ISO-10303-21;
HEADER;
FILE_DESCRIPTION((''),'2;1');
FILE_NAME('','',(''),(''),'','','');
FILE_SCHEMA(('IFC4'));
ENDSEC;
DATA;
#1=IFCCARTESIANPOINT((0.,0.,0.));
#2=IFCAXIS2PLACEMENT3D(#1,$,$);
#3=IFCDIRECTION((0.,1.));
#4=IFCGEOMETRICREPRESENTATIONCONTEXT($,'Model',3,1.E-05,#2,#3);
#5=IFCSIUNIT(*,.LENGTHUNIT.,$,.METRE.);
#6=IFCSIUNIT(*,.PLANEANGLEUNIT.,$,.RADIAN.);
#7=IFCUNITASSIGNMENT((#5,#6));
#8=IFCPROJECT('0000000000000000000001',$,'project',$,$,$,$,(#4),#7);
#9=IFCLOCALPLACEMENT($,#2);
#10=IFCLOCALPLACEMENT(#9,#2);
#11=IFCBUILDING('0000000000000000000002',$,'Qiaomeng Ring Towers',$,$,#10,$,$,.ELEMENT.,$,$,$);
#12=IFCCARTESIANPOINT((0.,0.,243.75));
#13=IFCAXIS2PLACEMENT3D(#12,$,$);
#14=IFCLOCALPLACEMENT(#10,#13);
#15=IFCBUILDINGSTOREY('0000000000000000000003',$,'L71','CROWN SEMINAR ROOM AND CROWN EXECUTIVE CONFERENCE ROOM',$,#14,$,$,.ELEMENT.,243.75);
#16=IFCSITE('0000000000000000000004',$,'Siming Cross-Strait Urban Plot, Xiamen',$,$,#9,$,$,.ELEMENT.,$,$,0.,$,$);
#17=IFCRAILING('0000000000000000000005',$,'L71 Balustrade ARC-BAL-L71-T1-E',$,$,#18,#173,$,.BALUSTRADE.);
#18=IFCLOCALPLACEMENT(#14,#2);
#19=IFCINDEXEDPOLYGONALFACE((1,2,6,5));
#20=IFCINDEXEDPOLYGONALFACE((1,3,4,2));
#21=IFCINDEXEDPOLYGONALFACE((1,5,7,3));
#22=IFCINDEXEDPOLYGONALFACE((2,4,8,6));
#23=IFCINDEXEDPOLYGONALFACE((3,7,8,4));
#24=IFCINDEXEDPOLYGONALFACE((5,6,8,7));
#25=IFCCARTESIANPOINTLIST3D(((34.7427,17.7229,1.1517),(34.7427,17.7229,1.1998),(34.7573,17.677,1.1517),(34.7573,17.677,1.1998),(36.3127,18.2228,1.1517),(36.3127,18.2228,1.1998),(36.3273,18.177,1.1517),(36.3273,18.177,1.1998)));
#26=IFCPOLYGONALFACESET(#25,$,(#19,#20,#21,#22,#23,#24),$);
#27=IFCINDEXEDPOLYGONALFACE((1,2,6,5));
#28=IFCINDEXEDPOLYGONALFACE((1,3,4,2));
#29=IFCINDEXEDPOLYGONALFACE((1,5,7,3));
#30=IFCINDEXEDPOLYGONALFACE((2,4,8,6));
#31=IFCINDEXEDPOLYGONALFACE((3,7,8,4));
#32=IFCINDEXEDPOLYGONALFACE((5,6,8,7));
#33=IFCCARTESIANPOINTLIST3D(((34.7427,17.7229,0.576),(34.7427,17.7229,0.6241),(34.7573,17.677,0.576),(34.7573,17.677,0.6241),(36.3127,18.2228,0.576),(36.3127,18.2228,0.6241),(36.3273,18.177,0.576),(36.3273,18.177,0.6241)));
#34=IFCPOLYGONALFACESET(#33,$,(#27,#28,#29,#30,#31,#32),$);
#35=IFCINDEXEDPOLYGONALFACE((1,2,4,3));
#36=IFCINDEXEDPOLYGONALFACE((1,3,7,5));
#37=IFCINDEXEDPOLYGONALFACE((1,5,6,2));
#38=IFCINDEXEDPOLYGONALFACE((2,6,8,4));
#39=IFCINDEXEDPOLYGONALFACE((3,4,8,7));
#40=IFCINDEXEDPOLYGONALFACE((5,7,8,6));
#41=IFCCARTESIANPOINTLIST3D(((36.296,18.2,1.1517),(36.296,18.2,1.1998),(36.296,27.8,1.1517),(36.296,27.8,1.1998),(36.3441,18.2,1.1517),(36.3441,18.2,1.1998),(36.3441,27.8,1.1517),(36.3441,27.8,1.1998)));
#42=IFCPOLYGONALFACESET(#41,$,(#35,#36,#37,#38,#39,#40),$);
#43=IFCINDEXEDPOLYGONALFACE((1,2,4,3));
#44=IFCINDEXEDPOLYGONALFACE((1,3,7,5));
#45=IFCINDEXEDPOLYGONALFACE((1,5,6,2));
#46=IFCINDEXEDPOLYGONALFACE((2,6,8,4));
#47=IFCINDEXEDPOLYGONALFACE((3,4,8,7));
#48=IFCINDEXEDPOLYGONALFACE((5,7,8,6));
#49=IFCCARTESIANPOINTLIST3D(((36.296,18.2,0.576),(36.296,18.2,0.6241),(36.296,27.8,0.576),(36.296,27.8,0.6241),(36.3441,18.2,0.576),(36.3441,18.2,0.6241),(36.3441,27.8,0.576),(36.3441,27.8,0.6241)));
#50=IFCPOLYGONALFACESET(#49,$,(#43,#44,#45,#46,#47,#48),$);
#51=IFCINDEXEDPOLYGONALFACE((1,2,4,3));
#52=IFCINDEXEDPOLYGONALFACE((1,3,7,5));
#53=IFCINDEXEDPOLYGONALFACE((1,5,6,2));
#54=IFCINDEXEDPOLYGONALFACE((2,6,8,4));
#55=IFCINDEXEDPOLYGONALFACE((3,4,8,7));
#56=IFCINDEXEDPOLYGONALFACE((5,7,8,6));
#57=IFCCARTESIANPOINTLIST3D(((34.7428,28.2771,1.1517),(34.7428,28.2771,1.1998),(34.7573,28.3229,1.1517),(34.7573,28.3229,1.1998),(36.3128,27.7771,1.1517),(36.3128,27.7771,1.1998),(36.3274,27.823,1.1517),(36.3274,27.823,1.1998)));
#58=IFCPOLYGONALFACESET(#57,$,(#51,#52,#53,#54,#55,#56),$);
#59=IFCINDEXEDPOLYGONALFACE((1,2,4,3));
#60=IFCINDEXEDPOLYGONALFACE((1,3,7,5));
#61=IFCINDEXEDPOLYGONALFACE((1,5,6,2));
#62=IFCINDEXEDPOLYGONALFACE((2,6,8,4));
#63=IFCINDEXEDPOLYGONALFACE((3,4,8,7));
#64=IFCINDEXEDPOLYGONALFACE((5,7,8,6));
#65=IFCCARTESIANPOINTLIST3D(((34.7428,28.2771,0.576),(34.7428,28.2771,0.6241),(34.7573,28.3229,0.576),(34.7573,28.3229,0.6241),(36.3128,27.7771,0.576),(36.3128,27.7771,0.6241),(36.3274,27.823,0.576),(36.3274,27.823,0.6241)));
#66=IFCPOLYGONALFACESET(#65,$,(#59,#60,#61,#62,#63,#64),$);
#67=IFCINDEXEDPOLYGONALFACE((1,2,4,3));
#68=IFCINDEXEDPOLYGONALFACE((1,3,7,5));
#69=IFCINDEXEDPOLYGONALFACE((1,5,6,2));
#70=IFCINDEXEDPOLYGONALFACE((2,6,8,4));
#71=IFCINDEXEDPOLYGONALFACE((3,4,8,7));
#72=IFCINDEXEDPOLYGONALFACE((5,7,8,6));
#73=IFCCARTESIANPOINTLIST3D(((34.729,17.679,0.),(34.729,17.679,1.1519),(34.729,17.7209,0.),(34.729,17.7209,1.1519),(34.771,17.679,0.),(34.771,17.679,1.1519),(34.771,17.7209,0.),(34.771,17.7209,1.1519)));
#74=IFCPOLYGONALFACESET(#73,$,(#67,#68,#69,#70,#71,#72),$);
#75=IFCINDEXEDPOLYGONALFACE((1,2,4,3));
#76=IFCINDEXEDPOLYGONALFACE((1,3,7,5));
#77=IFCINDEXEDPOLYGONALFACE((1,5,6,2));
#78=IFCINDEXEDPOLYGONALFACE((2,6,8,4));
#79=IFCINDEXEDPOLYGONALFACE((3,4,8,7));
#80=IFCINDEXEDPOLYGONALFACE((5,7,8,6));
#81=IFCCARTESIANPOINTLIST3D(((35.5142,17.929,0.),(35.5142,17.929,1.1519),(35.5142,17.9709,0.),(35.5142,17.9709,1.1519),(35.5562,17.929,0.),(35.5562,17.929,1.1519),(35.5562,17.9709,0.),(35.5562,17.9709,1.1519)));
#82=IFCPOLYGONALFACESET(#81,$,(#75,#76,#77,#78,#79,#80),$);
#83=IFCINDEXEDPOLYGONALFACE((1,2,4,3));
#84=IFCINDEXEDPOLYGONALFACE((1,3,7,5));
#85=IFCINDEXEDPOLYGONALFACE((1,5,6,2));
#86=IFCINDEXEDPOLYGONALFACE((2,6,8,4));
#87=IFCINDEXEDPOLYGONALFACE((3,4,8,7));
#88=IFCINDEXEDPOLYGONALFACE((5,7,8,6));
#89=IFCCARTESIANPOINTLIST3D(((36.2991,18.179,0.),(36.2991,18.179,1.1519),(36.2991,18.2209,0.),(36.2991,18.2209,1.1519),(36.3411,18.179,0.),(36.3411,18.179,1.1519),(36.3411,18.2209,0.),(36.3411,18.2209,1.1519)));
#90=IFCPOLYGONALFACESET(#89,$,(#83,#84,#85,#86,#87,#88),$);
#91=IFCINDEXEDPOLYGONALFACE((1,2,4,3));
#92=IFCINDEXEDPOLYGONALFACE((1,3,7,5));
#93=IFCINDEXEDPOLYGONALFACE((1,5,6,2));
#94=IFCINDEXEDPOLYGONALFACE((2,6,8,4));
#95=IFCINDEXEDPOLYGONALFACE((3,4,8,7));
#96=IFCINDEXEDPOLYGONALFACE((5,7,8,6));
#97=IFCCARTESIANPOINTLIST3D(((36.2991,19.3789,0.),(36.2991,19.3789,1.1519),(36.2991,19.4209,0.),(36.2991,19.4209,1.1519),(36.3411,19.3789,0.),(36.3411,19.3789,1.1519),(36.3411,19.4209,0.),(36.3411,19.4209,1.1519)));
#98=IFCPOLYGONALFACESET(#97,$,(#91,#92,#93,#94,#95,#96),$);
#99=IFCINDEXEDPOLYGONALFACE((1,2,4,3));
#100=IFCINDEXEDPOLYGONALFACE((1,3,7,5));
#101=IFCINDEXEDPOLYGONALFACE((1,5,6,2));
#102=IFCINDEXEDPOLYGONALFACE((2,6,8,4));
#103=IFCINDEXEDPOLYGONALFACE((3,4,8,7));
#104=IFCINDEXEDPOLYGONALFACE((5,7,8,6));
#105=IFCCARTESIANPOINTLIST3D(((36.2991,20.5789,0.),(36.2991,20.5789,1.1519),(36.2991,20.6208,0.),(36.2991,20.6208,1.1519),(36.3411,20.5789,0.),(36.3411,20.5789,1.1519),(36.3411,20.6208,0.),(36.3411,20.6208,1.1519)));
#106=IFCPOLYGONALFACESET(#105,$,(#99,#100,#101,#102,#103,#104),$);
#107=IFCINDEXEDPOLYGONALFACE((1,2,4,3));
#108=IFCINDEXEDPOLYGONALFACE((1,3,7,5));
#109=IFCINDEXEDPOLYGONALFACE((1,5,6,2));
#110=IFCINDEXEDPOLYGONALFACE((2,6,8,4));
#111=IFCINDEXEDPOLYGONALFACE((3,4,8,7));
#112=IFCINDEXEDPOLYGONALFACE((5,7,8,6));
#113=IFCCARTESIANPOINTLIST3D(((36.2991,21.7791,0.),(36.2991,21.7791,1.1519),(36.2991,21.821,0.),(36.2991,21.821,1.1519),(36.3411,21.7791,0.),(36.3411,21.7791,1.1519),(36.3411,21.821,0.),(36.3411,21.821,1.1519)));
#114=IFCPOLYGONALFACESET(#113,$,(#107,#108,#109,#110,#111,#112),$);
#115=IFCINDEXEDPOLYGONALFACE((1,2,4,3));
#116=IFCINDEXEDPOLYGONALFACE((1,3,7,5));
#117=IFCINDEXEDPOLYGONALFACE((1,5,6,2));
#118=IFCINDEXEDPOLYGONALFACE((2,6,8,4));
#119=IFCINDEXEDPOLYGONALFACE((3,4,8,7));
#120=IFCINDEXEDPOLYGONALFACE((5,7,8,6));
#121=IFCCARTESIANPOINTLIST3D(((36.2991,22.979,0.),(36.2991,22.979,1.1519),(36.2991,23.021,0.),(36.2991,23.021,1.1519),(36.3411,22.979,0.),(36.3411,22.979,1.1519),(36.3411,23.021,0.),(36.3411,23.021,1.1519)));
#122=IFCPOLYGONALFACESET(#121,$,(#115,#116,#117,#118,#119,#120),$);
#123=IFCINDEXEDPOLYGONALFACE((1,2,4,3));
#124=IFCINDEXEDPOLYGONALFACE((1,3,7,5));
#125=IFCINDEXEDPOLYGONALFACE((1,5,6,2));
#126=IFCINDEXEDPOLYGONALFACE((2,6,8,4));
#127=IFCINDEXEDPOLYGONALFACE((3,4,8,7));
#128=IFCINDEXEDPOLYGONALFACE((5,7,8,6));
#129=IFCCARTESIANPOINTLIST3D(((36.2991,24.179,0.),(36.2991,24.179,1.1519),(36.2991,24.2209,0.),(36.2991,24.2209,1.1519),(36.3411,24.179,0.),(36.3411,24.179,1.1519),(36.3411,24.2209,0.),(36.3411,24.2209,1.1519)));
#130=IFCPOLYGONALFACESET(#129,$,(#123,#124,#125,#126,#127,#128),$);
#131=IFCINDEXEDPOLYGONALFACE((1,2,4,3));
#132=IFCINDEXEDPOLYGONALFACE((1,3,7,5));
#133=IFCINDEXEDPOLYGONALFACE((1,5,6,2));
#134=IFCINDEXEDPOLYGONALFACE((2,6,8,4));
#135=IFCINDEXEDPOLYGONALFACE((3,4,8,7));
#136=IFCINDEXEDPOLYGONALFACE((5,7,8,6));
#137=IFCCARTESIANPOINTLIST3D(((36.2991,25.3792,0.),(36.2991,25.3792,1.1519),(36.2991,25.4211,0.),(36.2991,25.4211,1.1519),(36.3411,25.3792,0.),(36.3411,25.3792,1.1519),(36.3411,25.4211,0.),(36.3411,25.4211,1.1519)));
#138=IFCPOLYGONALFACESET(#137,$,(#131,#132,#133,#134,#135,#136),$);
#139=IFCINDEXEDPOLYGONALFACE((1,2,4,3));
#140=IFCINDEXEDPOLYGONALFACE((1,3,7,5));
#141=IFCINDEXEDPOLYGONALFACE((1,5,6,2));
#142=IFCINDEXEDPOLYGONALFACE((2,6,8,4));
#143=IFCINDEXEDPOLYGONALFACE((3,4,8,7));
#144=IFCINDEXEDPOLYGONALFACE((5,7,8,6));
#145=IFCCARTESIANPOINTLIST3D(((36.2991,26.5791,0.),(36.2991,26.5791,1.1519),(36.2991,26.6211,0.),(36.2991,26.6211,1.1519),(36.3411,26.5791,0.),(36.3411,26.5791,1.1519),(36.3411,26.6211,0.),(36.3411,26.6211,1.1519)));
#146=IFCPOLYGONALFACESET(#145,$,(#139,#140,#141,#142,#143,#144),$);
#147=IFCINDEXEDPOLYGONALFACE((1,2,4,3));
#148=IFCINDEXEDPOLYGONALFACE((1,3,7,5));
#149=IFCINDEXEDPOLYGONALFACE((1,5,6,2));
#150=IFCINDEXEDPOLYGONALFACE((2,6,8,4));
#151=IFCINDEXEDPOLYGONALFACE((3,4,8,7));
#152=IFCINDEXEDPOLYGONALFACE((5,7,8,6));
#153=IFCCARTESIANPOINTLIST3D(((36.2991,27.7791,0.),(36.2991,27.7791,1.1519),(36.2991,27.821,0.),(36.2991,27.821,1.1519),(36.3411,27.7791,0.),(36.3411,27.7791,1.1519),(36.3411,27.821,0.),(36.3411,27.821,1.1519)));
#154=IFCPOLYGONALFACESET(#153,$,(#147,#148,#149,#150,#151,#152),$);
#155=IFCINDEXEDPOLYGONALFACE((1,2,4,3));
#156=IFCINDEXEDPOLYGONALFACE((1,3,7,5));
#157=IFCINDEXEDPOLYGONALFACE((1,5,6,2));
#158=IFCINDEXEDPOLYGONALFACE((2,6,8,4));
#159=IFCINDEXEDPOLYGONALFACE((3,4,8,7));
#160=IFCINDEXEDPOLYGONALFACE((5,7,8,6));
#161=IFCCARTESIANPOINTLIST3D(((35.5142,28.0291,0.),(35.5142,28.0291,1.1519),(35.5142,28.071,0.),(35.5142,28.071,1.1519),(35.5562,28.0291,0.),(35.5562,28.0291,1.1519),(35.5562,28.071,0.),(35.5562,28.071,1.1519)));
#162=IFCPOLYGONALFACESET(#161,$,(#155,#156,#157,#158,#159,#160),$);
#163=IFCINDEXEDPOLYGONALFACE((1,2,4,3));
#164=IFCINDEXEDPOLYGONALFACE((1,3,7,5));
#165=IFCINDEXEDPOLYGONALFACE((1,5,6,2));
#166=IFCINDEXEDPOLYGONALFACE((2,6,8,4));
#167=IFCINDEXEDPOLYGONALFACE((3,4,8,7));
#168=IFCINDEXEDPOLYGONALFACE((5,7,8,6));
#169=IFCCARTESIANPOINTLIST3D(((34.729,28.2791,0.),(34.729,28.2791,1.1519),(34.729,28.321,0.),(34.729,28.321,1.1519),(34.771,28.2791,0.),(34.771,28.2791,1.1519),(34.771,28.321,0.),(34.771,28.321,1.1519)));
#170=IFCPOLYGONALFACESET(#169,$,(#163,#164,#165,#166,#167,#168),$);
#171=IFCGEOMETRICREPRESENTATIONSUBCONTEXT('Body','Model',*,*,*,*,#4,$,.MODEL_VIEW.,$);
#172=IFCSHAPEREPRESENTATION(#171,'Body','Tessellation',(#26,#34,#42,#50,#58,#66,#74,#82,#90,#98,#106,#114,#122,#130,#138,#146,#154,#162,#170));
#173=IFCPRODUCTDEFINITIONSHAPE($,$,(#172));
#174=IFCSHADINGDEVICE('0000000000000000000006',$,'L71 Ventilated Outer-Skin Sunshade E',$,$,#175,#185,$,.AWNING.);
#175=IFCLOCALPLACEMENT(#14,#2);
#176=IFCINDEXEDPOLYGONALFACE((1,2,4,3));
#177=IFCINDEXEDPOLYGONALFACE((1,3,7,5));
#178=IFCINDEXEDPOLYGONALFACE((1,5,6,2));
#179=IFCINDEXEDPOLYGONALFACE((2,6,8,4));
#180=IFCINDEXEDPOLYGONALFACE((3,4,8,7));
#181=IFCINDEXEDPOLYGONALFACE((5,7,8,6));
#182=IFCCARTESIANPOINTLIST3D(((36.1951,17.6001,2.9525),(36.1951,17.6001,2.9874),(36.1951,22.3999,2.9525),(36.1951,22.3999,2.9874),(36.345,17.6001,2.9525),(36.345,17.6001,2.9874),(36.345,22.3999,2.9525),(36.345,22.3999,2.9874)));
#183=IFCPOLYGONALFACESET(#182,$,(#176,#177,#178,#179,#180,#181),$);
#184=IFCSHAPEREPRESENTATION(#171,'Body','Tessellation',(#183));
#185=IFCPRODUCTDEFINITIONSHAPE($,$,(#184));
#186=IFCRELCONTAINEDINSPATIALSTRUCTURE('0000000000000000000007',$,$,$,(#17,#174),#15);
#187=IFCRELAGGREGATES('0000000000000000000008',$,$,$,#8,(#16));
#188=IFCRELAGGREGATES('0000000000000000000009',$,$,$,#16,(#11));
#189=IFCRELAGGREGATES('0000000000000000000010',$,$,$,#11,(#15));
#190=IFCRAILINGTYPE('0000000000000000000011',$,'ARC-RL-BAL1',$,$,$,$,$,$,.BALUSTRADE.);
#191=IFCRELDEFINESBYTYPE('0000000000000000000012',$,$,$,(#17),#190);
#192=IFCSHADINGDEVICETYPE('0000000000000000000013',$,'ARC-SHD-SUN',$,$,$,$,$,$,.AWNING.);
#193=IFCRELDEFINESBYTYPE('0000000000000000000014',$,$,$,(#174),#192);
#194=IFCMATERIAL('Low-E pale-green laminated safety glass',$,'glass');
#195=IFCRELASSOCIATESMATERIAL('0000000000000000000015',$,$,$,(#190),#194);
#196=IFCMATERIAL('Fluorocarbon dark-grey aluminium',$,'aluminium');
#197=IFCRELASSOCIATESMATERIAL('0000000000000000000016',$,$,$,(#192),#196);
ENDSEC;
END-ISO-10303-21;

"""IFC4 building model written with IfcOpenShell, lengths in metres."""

from ifc_helpers import new_model, si_unit, direction, frame, origin, origin_2d, place, context, subcontext, project, spatial, rectangle, extrude, source, transform, mapped, material, material_profile, profile_set, type_object, element, save


model = new_model("IFC4")

# Units and contexts
model_context = context("Model", 3, precision=1e-05, world=origin(), true_north=direction((0.0, 1.0)))
body_context = subcontext(model_context, "Body", "Model", "MODEL_VIEW")
ifc_project = project(units=[si_unit("LENGTHUNIT", "METRE"), si_unit("PLANEANGLEUNIT", "RADIAN")], contexts=[model_context])

# Site, building, storey
site_placement = place(None, origin())
site = spatial("IfcSite", under=ifc_project, at=site_placement, Name="Siming Cross-Strait Urban Plot, Xiamen", CompositionType="ELEMENT", RefElevation=0.0)
building_placement = place(site_placement, origin())
building = spatial("IfcBuilding", under=site, at=building_placement, Name="Qiaomeng Ring Towers", CompositionType="ELEMENT")
storey_placement = place(building_placement, frame((0.0, 0.0, 243.75)))
storey = spatial("IfcBuildingStorey", under=building, at=storey_placement, Name="L71", Description="CROWN SEMINAR ROOM AND CROWN EXECUTIVE CONFERENCE ROOM", CompositionType="ELEMENT", Elevation=243.75)

# Shared definitions
ifc_material_1 = material(Name="Fluorocarbon dark-grey aluminium", Category="aluminium")

# Railing
ifc_material_2 = material(Name="Low-E pale-green laminated safety glass", Category="glass")
railing_type = type_object("IfcRailingType", Name="ARC-RL-BAL1", PredefinedType="BALUSTRADE", material=ifc_material_2)
railing_placement = place(storey_placement, frame((34.75, 17.7, 0.0)))
element("IfcRailing", 1, at=railing_placement, inside=storey, type_object=railing_type, Name="L71 Balustrade ARC-BAL-L71-T1-E", PredefinedType="BALUSTRADE", context=body_context, shape_type="SweptSolid", body=[
    extrude(rectangle(XDim=0.0481, YDim=0.0481, at=origin_2d()), frame((0.0, 0.0, 1.1758), z_axis=(0.95285, 0.303442, 0.0), x_axis=(-0.303442, 0.95285, 0.0)), (0.0, 0.0, 1.0), 1.6477),
    extrude(rectangle(XDim=0.0481, YDim=0.0481, at=origin_2d()), frame((0.0, 0.0, 0.6001), z_axis=(0.95285, 0.303442, 0.0), x_axis=(-0.303442, 0.95285, 0.0)), (0.0, 0.0, 1.0), 1.6477),
    extrude(rectangle(XDim=0.0481, YDim=0.0481, at=origin_2d()), frame((1.5701, 0.5, 1.1758), z_axis=(0.0, 1.0, 0.0), x_axis=(-1.0, 0.0, 0.0)), (0.0, 0.0, 1.0), 9.6001),
    extrude(rectangle(XDim=0.0481, YDim=0.0481, at=origin_2d()), frame((1.5701, 0.5, 0.6001), z_axis=(0.0, 1.0, 0.0), x_axis=(-1.0, 0.0, 0.0)), (0.0, 0.0, 1.0), 9.6001),
    extrude(rectangle(XDim=0.0481, YDim=0.0481, at=origin_2d()), frame((1.5701, 10.1001, 1.1758), z_axis=(-0.95285, 0.303442, 0.0), x_axis=(-0.303442, -0.95285, 0.0)), (0.0, 0.0, 1.0), 1.6477),
    extrude(rectangle(XDim=0.0481, YDim=0.0481, at=origin_2d()), frame((1.5701, 10.1001, 0.6001), z_axis=(-0.95285, 0.303442, 0.0), x_axis=(-0.303442, -0.95285, 0.0)), (0.0, 0.0, 1.0), 1.6477),
    extrude(rectangle(XDim=0.042, YDim=0.042, at=origin_2d()), origin(), (0.0, 0.0, 1.0), 1.1519),
    extrude(rectangle(XDim=0.042, YDim=0.042, at=origin_2d()), frame((0.7852, 0.25, 0.0)), (0.0, 0.0, 1.0), 1.1519),
    extrude(rectangle(XDim=0.042, YDim=0.042, at=origin_2d()), frame((1.5701, 0.5, 0.0)), (0.0, 0.0, 1.0), 1.1519),
    extrude(rectangle(XDim=0.042, YDim=0.042, at=origin_2d()), frame((1.5701, 1.7, 0.0)), (0.0, 0.0, 1.0), 1.1519),
    extrude(rectangle(XDim=0.042, YDim=0.042, at=origin_2d()), frame((1.5701, 2.8999, 0.0)), (0.0, 0.0, 1.0), 1.1519),
    extrude(rectangle(XDim=0.042, YDim=0.042, at=origin_2d()), frame((1.5701, 4.1001, 0.0)), (0.0, 0.0, 1.0), 1.1519),
    extrude(rectangle(XDim=0.042, YDim=0.042, at=origin_2d()), frame((1.5701, 5.3, 0.0)), (0.0, 0.0, 1.0), 1.1519),
    extrude(rectangle(XDim=0.042, YDim=0.042, at=origin_2d()), frame((1.5701, 6.5, 0.0)), (0.0, 0.0, 1.0), 1.1519),
    extrude(rectangle(XDim=0.042, YDim=0.042, at=origin_2d()), frame((1.5701, 7.7002, 0.0)), (0.0, 0.0, 1.0), 1.1519),
    extrude(rectangle(XDim=0.042, YDim=0.042, at=origin_2d()), frame((1.5701, 8.9001, 0.0)), (0.0, 0.0, 1.0), 1.1519),
    extrude(rectangle(XDim=0.042, YDim=0.042, at=origin_2d()), frame((1.5701, 10.1001, 0.0)), (0.0, 0.0, 1.0), 1.1519),
    extrude(rectangle(XDim=0.042, YDim=0.042, at=origin_2d()), frame((0.7852, 10.3501, 0.0)), (0.0, 0.0, 1.0), 1.1519),
    extrude(rectangle(XDim=0.042, YDim=0.042, at=origin_2d()), frame((0.0, 10.6001, 0.0)), (0.0, 0.0, 1.0), 1.1519),
])

# Shading device
ifc_material_profile_1 = material_profile(ifc_material_1, rectangle(XDim=0.1499, YDim=0.0349, at=origin_2d()), Name="LV BLADE 150x35")
ifc_profile_set_1 = profile_set([ifc_material_profile_1], Name="Fluorocarbon dark-grey aluminium")
shading_device_type = type_object("IfcShadingDeviceType", Name="ARC-SHD-SUN", PredefinedType="AWNING", material=ifc_profile_set_1)
shared_shape_1 = source(origin(), body_context, "Body", "SweptSolid", [
    extrude(rectangle(XDim=0.1499, YDim=0.0349, at=origin_2d()), origin(), (0.0, 0.0, 1.0), 4.7998),
])
shading_device_placement = place(storey_placement, frame((36.27, 17.6001, 2.97), z_axis=(0.0, 1.0, 0.0), x_axis=(-1.0, 0.0, 0.0)))
element("IfcShadingDevice", 2, at=shading_device_placement, inside=storey, type_object=shading_device_type, Name="L71 Ventilated Outer-Skin Sunshade E", PredefinedType="AWNING", context=body_context, shape_type="MappedRepresentation", body=[
    mapped(shared_shape_1, transform((0.0, 0.0, 0.0), x_axis=(1.0, 0.0, 0.0), y_axis=(0.0, 1.0, 0.0), z_axis=(0.0, 0.0, 1.0), scale=1.0)),
])

save(model, "model.ifc")
